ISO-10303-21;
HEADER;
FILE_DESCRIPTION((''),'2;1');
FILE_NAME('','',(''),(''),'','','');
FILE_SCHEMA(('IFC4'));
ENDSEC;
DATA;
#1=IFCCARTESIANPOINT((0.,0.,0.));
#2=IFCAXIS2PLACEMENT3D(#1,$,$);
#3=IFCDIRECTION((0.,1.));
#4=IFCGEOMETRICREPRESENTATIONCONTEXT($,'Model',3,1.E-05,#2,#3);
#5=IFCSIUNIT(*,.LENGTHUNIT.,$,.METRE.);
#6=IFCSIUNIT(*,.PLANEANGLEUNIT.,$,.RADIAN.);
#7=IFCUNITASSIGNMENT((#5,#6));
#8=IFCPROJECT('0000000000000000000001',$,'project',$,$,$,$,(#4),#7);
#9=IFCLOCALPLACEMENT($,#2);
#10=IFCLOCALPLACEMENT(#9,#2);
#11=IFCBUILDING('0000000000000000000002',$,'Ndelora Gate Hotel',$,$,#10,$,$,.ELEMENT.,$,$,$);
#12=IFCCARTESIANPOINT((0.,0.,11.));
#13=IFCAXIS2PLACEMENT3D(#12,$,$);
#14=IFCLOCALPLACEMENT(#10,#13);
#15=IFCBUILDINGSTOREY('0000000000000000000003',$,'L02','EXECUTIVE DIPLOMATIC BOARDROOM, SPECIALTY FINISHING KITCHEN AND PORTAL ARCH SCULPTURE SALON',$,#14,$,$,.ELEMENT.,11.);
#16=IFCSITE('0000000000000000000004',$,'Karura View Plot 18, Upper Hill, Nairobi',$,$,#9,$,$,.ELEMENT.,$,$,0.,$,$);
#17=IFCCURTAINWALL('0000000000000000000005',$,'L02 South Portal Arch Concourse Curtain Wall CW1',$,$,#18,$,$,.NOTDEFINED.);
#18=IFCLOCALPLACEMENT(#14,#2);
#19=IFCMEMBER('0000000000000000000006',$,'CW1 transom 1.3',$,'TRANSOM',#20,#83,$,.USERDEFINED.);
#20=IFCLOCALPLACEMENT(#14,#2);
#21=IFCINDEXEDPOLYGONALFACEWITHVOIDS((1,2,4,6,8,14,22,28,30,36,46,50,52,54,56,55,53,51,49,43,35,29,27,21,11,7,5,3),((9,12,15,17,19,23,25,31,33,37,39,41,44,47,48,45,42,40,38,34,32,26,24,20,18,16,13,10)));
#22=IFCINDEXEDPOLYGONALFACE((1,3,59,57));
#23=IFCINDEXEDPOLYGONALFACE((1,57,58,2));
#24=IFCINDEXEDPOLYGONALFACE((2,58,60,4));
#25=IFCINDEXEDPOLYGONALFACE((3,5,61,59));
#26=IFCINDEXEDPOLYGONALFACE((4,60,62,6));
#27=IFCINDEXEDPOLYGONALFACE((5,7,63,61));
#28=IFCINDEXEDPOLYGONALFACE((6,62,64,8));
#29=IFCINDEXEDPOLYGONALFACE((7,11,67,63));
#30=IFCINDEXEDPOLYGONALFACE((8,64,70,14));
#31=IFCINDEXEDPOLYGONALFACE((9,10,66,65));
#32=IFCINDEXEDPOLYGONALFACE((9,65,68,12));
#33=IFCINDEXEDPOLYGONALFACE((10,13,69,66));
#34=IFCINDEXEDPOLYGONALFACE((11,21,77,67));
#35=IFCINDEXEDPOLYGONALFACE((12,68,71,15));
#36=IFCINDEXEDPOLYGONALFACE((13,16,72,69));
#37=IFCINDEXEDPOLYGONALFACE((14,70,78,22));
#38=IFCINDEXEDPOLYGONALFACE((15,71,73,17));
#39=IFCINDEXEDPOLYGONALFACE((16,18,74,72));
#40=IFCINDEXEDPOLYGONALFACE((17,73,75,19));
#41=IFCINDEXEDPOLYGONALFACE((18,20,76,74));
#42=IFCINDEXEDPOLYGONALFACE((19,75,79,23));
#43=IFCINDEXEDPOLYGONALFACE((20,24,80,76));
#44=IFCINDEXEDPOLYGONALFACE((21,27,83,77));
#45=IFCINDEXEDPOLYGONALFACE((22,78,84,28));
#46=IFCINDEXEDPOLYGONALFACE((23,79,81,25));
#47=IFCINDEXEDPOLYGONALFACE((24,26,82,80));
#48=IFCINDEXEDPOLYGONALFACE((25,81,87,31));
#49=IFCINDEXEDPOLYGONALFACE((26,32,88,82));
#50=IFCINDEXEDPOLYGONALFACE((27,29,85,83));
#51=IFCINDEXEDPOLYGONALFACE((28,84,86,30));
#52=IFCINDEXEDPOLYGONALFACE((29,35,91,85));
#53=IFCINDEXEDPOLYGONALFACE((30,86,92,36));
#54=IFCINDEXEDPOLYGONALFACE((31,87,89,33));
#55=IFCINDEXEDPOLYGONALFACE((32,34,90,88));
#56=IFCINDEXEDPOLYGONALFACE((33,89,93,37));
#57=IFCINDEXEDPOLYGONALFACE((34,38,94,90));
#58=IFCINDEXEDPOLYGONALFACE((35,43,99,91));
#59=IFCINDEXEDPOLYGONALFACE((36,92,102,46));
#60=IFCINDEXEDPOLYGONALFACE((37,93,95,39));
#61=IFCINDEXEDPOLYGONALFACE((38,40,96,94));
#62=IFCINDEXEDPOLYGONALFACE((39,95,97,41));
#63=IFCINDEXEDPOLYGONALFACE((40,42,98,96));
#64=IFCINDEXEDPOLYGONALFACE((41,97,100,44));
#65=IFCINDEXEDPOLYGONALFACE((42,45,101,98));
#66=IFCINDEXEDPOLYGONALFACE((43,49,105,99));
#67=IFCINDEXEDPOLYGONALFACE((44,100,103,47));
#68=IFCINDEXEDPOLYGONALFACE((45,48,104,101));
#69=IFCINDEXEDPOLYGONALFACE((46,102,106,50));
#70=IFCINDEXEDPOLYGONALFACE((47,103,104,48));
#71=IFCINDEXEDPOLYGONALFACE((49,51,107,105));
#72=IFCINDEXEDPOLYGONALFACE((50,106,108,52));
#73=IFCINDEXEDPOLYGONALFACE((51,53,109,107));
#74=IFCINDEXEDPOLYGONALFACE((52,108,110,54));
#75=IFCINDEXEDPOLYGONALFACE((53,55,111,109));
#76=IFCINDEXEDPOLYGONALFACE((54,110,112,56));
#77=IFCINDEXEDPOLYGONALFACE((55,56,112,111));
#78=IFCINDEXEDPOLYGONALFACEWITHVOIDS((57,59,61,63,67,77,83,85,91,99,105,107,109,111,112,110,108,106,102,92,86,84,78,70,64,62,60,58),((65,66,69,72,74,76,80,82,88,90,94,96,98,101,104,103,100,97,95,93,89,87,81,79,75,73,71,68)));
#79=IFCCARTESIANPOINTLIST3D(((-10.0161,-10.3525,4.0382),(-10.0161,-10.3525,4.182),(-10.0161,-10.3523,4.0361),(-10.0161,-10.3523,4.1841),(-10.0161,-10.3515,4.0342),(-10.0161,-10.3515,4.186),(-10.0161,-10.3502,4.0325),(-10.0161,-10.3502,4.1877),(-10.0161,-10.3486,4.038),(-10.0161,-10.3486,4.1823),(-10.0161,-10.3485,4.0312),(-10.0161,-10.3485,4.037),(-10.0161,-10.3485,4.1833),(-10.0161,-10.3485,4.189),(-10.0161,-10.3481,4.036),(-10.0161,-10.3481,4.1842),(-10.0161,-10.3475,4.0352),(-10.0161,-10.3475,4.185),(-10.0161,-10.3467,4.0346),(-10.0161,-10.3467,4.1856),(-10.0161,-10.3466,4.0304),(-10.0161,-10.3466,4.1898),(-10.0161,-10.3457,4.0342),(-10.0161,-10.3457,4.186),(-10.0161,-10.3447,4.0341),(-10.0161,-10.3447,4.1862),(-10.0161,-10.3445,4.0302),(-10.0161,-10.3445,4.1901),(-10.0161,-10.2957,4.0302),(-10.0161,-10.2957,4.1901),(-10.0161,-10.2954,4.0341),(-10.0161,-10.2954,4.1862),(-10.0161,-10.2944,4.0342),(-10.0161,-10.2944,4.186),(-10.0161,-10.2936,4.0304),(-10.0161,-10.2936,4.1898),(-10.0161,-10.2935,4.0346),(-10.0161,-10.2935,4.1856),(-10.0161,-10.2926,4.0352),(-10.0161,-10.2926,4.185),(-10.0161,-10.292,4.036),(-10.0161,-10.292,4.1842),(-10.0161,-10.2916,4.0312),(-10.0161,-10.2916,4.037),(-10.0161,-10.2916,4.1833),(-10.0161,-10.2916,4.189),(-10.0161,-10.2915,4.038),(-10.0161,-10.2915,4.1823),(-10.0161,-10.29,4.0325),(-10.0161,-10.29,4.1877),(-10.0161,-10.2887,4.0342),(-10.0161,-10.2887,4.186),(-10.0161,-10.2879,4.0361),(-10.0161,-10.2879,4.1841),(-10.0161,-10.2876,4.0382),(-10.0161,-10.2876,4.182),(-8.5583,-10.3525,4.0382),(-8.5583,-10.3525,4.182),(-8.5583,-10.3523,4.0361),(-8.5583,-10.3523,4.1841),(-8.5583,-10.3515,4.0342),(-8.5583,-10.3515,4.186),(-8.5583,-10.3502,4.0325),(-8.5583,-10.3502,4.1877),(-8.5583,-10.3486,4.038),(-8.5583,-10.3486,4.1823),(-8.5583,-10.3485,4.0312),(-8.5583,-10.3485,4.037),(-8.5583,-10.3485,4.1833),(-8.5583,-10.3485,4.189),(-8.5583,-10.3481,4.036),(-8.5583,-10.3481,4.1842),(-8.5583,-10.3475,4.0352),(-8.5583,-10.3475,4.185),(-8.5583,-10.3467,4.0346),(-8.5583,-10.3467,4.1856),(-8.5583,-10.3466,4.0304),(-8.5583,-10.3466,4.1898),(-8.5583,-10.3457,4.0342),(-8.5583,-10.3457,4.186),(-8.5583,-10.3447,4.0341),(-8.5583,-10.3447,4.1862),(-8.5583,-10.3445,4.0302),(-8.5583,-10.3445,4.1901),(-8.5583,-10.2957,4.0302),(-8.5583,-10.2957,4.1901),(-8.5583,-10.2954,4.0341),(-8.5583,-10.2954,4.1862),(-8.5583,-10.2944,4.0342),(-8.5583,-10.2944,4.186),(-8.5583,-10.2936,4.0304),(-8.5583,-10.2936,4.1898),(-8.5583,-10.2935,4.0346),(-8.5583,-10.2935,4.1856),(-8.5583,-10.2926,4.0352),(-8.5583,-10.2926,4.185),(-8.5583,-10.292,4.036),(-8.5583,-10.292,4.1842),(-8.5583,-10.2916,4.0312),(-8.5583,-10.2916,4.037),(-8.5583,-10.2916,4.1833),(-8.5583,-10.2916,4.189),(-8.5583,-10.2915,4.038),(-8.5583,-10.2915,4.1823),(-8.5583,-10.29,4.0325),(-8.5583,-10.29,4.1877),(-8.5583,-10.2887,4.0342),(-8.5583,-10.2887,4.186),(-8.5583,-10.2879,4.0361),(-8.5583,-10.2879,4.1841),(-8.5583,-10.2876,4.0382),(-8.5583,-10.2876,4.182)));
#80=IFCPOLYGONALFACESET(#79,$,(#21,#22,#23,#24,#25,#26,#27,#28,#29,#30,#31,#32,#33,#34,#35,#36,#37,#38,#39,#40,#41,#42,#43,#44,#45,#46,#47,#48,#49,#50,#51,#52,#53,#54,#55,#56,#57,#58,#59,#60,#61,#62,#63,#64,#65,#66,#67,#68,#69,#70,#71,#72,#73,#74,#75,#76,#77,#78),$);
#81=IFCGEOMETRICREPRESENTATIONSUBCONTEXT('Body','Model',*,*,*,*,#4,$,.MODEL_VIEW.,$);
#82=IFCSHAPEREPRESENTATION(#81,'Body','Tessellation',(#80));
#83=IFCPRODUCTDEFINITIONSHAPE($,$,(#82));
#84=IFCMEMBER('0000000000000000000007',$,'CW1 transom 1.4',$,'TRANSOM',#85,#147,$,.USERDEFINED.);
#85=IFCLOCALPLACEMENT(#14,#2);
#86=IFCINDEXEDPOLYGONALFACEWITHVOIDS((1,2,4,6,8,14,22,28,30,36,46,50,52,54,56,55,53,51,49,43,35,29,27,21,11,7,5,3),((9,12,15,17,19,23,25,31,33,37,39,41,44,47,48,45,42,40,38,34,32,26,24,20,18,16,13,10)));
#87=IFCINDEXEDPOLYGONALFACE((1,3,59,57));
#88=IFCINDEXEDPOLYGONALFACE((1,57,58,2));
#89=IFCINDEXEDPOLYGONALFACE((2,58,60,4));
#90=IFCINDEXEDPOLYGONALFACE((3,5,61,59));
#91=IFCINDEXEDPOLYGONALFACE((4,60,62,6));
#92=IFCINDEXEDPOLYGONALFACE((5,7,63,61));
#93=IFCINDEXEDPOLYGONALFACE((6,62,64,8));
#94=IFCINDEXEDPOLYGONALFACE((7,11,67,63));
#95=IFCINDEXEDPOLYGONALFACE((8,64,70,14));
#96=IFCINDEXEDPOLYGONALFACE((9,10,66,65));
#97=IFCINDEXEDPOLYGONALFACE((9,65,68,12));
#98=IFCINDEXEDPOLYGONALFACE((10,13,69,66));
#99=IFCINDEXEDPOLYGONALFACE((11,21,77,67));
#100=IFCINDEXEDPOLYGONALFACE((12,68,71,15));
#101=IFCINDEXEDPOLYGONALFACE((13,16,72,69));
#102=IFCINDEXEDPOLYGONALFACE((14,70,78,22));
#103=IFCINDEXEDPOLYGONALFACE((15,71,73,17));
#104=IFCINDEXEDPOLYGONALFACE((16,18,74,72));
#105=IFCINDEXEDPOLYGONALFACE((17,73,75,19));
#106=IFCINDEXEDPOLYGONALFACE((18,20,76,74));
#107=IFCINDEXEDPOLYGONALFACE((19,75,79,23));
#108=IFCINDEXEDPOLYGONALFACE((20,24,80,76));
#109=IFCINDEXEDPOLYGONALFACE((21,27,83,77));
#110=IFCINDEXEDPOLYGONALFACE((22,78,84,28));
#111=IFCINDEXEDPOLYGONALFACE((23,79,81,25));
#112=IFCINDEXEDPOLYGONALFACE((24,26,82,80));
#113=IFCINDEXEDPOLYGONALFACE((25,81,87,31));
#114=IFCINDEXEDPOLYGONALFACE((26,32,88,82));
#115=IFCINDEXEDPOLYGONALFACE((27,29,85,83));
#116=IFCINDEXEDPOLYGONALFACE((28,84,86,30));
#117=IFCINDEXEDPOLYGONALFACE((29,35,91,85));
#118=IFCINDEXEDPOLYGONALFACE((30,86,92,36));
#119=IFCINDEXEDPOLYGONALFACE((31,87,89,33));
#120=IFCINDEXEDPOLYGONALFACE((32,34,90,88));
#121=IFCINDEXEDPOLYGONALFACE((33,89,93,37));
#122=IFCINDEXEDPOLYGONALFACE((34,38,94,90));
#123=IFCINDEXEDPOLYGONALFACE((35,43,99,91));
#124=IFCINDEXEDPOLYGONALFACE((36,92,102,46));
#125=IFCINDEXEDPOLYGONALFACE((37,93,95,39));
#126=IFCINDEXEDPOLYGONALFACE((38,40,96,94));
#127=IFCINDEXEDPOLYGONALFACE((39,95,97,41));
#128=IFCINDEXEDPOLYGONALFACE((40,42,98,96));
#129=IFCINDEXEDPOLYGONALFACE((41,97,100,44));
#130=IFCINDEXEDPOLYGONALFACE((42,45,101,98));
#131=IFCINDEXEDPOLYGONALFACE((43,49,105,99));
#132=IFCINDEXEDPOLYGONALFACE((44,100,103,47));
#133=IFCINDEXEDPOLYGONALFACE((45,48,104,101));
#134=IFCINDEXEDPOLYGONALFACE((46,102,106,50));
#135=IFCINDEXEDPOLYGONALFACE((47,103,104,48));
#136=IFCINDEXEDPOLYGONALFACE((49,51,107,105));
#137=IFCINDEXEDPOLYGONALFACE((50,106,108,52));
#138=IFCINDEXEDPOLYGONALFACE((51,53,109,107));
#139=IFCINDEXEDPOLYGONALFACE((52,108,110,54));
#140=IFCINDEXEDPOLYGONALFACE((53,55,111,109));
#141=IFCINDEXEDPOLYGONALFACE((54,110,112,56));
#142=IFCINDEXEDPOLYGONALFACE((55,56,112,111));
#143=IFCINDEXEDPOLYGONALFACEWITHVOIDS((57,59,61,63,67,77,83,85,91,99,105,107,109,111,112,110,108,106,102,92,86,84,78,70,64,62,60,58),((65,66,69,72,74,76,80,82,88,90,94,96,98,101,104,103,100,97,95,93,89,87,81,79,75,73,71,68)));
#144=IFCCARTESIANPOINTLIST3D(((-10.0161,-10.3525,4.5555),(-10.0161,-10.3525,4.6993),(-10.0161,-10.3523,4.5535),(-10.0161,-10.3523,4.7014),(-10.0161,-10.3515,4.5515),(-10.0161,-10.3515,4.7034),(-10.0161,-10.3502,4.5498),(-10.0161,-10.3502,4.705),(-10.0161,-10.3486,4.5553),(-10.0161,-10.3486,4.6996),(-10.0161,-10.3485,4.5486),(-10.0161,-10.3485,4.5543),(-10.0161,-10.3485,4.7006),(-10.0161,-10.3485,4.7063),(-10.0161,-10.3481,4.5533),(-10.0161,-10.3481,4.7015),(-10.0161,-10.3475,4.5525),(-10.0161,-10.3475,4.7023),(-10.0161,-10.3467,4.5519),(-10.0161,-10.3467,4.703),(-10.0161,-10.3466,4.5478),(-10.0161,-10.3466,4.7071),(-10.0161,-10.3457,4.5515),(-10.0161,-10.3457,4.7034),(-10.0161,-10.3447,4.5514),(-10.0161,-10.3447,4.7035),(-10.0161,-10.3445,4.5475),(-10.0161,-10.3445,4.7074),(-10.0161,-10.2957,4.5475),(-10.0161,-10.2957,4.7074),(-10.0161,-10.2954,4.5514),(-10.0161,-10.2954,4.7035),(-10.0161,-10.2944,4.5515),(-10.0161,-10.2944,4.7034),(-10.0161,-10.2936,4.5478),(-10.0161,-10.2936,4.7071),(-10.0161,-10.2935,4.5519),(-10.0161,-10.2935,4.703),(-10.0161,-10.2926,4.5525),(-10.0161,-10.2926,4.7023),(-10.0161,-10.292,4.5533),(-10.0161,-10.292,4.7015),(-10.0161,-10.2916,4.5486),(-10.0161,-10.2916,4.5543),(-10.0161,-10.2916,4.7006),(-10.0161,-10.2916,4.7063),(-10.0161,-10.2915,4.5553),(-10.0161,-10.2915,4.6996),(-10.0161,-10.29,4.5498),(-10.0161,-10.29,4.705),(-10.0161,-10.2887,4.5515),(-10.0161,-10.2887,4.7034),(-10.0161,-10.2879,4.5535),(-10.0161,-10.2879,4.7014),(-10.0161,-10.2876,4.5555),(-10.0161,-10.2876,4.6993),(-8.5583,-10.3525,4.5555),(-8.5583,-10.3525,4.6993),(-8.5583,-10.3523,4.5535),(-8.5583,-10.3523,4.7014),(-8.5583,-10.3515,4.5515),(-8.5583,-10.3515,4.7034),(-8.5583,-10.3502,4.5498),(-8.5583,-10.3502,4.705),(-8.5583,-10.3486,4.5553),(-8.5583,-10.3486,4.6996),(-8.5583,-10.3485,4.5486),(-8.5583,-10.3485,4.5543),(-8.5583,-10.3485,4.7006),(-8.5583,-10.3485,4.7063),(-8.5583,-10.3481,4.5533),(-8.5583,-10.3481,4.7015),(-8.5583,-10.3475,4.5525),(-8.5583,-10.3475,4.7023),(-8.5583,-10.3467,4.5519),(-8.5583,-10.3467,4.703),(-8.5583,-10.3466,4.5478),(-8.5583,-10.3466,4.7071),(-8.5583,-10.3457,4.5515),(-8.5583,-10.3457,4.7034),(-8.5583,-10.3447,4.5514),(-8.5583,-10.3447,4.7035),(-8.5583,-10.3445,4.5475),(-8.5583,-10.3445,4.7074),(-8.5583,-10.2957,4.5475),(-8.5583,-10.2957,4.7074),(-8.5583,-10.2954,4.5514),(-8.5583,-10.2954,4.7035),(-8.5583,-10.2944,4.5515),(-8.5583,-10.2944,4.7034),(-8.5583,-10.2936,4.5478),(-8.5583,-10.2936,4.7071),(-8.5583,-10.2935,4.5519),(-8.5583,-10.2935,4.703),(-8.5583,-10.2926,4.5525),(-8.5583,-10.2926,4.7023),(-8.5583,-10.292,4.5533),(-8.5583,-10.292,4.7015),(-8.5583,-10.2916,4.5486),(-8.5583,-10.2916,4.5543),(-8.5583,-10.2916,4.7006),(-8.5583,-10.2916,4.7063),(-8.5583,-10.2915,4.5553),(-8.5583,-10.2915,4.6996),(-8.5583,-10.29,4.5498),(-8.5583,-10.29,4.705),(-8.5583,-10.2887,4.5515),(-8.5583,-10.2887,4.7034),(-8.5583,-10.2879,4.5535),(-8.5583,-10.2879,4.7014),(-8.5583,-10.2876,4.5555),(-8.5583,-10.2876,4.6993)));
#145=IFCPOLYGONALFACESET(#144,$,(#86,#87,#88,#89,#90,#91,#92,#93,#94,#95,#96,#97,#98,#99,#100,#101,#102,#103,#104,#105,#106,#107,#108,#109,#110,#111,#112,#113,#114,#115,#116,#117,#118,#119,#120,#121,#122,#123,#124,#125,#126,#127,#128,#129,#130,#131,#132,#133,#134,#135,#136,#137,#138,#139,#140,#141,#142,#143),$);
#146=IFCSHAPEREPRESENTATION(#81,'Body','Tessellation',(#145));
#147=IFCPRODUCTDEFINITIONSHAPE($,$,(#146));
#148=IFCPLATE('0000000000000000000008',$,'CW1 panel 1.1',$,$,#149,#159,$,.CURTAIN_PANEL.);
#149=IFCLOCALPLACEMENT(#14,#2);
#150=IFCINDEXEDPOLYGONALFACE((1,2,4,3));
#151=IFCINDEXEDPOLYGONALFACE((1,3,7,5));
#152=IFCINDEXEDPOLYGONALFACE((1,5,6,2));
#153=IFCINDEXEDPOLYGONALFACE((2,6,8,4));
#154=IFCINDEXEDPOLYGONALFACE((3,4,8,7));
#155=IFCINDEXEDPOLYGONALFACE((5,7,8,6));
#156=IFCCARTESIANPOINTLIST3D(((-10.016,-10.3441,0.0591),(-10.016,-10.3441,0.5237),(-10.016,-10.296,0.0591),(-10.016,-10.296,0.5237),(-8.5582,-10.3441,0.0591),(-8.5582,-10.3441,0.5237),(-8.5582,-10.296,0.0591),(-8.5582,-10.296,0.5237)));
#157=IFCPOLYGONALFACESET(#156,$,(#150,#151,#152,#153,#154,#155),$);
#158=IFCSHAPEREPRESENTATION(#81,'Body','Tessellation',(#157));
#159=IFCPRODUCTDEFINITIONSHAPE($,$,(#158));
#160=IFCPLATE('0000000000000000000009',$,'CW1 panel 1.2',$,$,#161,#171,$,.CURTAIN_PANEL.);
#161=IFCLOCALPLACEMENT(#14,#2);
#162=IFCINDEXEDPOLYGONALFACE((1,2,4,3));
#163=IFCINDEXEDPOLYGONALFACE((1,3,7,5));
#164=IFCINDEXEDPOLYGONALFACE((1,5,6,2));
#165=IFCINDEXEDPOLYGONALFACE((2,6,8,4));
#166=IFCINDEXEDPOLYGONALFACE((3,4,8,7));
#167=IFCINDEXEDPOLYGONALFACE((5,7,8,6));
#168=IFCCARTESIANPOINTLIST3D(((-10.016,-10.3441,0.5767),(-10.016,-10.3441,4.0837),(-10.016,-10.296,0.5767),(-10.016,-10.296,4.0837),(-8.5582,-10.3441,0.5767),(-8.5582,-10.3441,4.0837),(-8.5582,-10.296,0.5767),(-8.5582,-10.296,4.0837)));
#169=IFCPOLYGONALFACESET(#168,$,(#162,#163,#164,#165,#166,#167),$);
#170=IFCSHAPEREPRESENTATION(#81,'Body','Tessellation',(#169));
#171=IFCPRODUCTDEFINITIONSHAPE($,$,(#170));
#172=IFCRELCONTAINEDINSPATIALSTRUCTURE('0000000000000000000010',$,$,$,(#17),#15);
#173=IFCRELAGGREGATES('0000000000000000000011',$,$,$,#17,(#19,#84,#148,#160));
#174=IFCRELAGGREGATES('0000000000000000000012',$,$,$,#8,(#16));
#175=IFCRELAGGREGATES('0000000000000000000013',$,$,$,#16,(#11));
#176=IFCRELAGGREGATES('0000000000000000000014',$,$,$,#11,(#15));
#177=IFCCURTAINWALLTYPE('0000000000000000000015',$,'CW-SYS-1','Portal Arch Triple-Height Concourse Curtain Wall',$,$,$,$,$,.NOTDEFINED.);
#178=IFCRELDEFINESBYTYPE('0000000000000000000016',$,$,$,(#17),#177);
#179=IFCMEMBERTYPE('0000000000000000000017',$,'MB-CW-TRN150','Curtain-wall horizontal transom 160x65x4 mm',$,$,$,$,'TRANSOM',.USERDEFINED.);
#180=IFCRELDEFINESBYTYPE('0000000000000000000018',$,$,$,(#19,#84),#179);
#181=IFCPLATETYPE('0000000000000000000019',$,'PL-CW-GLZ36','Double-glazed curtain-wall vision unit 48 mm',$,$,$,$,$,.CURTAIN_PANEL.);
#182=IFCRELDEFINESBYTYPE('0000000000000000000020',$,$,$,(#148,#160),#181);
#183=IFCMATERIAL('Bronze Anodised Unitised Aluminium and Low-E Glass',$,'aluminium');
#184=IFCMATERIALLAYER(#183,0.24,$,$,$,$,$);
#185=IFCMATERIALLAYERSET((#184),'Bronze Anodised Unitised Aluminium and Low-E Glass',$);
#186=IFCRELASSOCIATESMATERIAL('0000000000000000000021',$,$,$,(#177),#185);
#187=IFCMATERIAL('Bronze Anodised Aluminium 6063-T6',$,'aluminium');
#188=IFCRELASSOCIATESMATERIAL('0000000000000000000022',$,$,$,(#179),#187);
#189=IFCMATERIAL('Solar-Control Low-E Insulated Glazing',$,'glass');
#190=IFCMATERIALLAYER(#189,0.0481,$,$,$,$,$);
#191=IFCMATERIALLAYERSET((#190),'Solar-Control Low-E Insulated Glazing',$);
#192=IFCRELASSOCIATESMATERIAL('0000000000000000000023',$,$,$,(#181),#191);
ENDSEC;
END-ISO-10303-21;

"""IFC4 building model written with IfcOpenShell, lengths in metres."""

from ifc_helpers import new_model, si_unit, direction, frame, origin, origin_2d, place, context, subcontext, project, spatial, rectangle, hollow_rectangle, extrude, material, layer, layer_set, material_profile, profile_set, type_object, element, aggregate, save


model = new_model("IFC4")

# Units and contexts
model_context = context("Model", 3, precision=1e-05, world=origin(), true_north=direction((0.0, 1.0)))
body_context = subcontext(model_context, "Body", "Model", "MODEL_VIEW")
ifc_project = project(units=[si_unit("LENGTHUNIT", "METRE"), si_unit("PLANEANGLEUNIT", "RADIAN")], contexts=[model_context])

# Site, building, storey
site_placement = place(None, origin())
site = spatial("IfcSite", under=ifc_project, at=site_placement, Name="Karura View Plot 18, Upper Hill, Nairobi", CompositionType="ELEMENT", RefElevation=0.0)
building_placement = place(site_placement, origin())
building = spatial("IfcBuilding", under=site, at=building_placement, Name="Ndelora Gate Hotel", CompositionType="ELEMENT")
storey_placement = place(building_placement, frame((0.0, 0.0, 11.0)))
storey = spatial("IfcBuildingStorey", under=building, at=storey_placement, Name="L02", Description="EXECUTIVE DIPLOMATIC BOARDROOM, SPECIALTY FINISHING KITCHEN AND PORTAL ARCH SCULPTURE SALON", CompositionType="ELEMENT", Elevation=11.0)

# Curtain wall, members, plates
ifc_material_1 = material(Name="Bronze Anodised Unitised Aluminium and Low-E Glass", Category="aluminium")
ifc_layer_1 = layer(ifc_material_1, 0.24)
ifc_layer_set_1 = layer_set([ifc_layer_1], Name="Bronze Anodised Unitised Aluminium and Low-E Glass")
curtain_wall_type = type_object("IfcCurtainWallType", Name="CW-SYS-1", Description="Portal Arch Triple-Height Concourse Curtain Wall", PredefinedType="NOTDEFINED", material=ifc_layer_set_1)
curtain_wall_placement = place(storey_placement, origin())
curtain_wall = element("IfcCurtainWall", 1, at=curtain_wall_placement, inside=storey, type_object=curtain_wall_type, Name="L02 South Portal Arch Concourse Curtain Wall CW1", PredefinedType="NOTDEFINED")
ifc_material_2 = material(Name="Bronze Anodised Aluminium 6063-T6", Category="aluminium")
ifc_material_profile_1 = material_profile(ifc_material_2, hollow_rectangle(XDim=0.0649, YDim=0.1599, WallThickness=0.0039, InnerFilletRadius=0.0039, OuterFilletRadius=0.0081, at=origin_2d()), Name="ALU 160x65x4")
ifc_profile_set_1 = profile_set([ifc_material_profile_1], Name="Bronze Anodised Aluminium 6063-T6")
member_type_1 = type_object("IfcMemberType", Name="MB-CW-TRN150", Description="Curtain-wall horizontal transom 160x65x4 mm", ElementType="TRANSOM", PredefinedType="USERDEFINED", material=ifc_profile_set_1)
member_1_placement = place(storey_placement, frame((-10.0161, -10.3201, 4.1101), z_axis=(1.0, 0.0, 0.0), x_axis=(0.0, 1.0, 0.0)))
member_1 = element("IfcMember", 2, at=member_1_placement, type_object=member_type_1, Name="CW1 transom 1.3", ObjectType="TRANSOM", PredefinedType="USERDEFINED", context=body_context, shape_type="SweptSolid", body=[
    extrude(hollow_rectangle(XDim=0.0649, YDim=0.1599, WallThickness=0.0039, InnerFilletRadius=0.0039, OuterFilletRadius=0.0081, at=origin_2d()), origin(), (0.0, 0.0, 1.0), 1.4578),
])
member_2_placement = place(storey_placement, frame((-10.0161, -10.3201, 4.6274), z_axis=(1.0, 0.0, 0.0), x_axis=(0.0, 1.0, 0.0)))
member_2 = element("IfcMember", 3, at=member_2_placement, type_object=member_type_1, Name="CW1 transom 1.4", ObjectType="TRANSOM", PredefinedType="USERDEFINED", context=body_context, shape_type="SweptSolid", body=[
    extrude(hollow_rectangle(XDim=0.0649, YDim=0.1599, WallThickness=0.0039, InnerFilletRadius=0.0039, OuterFilletRadius=0.0081, at=origin_2d()), origin(), (0.0, 0.0, 1.0), 1.4578),
])
ifc_material_3 = material(Name="Solar-Control Low-E Insulated Glazing", Category="glass")
ifc_layer_2 = layer(ifc_material_3, 0.0481)
ifc_layer_set_2 = layer_set([ifc_layer_2], Name="Solar-Control Low-E Insulated Glazing")
plate_type = type_object("IfcPlateType", Name="PL-CW-GLZ36", Description="Double-glazed curtain-wall vision unit 48 mm", PredefinedType="CURTAIN_PANEL", material=ifc_layer_set_2)
plate_1_placement = place(storey_placement, frame((-9.2871, -10.3201, 0.0591), z_axis=(0.0, 0.0, 1.0), x_axis=(1.0, 0.0, 0.0)))
plate_1 = element("IfcPlate", 4, at=plate_1_placement, type_object=plate_type, Name="CW1 panel 1.1", PredefinedType="CURTAIN_PANEL", context=body_context, shape_type="SweptSolid", body=[
    extrude(rectangle(XDim=1.4578, YDim=0.0481, at=origin_2d()), origin(), (0.0, 0.0, 1.0), 0.4646),
])
plate_2_placement = place(storey_placement, frame((-9.2871, -10.3201, 0.5767), z_axis=(0.0, 0.0, 1.0), x_axis=(1.0, 0.0, 0.0)))
plate_2 = element("IfcPlate", 5, at=plate_2_placement, type_object=plate_type, Name="CW1 panel 1.2", PredefinedType="CURTAIN_PANEL", context=body_context, shape_type="SweptSolid", body=[
    extrude(rectangle(XDim=1.4578, YDim=0.0481, at=origin_2d()), origin(), (0.0, 0.0, 1.0), 3.5071),
])
aggregate(curtain_wall, [member_1, member_2, plate_1, plate_2])

save(model, "model.ifc")
